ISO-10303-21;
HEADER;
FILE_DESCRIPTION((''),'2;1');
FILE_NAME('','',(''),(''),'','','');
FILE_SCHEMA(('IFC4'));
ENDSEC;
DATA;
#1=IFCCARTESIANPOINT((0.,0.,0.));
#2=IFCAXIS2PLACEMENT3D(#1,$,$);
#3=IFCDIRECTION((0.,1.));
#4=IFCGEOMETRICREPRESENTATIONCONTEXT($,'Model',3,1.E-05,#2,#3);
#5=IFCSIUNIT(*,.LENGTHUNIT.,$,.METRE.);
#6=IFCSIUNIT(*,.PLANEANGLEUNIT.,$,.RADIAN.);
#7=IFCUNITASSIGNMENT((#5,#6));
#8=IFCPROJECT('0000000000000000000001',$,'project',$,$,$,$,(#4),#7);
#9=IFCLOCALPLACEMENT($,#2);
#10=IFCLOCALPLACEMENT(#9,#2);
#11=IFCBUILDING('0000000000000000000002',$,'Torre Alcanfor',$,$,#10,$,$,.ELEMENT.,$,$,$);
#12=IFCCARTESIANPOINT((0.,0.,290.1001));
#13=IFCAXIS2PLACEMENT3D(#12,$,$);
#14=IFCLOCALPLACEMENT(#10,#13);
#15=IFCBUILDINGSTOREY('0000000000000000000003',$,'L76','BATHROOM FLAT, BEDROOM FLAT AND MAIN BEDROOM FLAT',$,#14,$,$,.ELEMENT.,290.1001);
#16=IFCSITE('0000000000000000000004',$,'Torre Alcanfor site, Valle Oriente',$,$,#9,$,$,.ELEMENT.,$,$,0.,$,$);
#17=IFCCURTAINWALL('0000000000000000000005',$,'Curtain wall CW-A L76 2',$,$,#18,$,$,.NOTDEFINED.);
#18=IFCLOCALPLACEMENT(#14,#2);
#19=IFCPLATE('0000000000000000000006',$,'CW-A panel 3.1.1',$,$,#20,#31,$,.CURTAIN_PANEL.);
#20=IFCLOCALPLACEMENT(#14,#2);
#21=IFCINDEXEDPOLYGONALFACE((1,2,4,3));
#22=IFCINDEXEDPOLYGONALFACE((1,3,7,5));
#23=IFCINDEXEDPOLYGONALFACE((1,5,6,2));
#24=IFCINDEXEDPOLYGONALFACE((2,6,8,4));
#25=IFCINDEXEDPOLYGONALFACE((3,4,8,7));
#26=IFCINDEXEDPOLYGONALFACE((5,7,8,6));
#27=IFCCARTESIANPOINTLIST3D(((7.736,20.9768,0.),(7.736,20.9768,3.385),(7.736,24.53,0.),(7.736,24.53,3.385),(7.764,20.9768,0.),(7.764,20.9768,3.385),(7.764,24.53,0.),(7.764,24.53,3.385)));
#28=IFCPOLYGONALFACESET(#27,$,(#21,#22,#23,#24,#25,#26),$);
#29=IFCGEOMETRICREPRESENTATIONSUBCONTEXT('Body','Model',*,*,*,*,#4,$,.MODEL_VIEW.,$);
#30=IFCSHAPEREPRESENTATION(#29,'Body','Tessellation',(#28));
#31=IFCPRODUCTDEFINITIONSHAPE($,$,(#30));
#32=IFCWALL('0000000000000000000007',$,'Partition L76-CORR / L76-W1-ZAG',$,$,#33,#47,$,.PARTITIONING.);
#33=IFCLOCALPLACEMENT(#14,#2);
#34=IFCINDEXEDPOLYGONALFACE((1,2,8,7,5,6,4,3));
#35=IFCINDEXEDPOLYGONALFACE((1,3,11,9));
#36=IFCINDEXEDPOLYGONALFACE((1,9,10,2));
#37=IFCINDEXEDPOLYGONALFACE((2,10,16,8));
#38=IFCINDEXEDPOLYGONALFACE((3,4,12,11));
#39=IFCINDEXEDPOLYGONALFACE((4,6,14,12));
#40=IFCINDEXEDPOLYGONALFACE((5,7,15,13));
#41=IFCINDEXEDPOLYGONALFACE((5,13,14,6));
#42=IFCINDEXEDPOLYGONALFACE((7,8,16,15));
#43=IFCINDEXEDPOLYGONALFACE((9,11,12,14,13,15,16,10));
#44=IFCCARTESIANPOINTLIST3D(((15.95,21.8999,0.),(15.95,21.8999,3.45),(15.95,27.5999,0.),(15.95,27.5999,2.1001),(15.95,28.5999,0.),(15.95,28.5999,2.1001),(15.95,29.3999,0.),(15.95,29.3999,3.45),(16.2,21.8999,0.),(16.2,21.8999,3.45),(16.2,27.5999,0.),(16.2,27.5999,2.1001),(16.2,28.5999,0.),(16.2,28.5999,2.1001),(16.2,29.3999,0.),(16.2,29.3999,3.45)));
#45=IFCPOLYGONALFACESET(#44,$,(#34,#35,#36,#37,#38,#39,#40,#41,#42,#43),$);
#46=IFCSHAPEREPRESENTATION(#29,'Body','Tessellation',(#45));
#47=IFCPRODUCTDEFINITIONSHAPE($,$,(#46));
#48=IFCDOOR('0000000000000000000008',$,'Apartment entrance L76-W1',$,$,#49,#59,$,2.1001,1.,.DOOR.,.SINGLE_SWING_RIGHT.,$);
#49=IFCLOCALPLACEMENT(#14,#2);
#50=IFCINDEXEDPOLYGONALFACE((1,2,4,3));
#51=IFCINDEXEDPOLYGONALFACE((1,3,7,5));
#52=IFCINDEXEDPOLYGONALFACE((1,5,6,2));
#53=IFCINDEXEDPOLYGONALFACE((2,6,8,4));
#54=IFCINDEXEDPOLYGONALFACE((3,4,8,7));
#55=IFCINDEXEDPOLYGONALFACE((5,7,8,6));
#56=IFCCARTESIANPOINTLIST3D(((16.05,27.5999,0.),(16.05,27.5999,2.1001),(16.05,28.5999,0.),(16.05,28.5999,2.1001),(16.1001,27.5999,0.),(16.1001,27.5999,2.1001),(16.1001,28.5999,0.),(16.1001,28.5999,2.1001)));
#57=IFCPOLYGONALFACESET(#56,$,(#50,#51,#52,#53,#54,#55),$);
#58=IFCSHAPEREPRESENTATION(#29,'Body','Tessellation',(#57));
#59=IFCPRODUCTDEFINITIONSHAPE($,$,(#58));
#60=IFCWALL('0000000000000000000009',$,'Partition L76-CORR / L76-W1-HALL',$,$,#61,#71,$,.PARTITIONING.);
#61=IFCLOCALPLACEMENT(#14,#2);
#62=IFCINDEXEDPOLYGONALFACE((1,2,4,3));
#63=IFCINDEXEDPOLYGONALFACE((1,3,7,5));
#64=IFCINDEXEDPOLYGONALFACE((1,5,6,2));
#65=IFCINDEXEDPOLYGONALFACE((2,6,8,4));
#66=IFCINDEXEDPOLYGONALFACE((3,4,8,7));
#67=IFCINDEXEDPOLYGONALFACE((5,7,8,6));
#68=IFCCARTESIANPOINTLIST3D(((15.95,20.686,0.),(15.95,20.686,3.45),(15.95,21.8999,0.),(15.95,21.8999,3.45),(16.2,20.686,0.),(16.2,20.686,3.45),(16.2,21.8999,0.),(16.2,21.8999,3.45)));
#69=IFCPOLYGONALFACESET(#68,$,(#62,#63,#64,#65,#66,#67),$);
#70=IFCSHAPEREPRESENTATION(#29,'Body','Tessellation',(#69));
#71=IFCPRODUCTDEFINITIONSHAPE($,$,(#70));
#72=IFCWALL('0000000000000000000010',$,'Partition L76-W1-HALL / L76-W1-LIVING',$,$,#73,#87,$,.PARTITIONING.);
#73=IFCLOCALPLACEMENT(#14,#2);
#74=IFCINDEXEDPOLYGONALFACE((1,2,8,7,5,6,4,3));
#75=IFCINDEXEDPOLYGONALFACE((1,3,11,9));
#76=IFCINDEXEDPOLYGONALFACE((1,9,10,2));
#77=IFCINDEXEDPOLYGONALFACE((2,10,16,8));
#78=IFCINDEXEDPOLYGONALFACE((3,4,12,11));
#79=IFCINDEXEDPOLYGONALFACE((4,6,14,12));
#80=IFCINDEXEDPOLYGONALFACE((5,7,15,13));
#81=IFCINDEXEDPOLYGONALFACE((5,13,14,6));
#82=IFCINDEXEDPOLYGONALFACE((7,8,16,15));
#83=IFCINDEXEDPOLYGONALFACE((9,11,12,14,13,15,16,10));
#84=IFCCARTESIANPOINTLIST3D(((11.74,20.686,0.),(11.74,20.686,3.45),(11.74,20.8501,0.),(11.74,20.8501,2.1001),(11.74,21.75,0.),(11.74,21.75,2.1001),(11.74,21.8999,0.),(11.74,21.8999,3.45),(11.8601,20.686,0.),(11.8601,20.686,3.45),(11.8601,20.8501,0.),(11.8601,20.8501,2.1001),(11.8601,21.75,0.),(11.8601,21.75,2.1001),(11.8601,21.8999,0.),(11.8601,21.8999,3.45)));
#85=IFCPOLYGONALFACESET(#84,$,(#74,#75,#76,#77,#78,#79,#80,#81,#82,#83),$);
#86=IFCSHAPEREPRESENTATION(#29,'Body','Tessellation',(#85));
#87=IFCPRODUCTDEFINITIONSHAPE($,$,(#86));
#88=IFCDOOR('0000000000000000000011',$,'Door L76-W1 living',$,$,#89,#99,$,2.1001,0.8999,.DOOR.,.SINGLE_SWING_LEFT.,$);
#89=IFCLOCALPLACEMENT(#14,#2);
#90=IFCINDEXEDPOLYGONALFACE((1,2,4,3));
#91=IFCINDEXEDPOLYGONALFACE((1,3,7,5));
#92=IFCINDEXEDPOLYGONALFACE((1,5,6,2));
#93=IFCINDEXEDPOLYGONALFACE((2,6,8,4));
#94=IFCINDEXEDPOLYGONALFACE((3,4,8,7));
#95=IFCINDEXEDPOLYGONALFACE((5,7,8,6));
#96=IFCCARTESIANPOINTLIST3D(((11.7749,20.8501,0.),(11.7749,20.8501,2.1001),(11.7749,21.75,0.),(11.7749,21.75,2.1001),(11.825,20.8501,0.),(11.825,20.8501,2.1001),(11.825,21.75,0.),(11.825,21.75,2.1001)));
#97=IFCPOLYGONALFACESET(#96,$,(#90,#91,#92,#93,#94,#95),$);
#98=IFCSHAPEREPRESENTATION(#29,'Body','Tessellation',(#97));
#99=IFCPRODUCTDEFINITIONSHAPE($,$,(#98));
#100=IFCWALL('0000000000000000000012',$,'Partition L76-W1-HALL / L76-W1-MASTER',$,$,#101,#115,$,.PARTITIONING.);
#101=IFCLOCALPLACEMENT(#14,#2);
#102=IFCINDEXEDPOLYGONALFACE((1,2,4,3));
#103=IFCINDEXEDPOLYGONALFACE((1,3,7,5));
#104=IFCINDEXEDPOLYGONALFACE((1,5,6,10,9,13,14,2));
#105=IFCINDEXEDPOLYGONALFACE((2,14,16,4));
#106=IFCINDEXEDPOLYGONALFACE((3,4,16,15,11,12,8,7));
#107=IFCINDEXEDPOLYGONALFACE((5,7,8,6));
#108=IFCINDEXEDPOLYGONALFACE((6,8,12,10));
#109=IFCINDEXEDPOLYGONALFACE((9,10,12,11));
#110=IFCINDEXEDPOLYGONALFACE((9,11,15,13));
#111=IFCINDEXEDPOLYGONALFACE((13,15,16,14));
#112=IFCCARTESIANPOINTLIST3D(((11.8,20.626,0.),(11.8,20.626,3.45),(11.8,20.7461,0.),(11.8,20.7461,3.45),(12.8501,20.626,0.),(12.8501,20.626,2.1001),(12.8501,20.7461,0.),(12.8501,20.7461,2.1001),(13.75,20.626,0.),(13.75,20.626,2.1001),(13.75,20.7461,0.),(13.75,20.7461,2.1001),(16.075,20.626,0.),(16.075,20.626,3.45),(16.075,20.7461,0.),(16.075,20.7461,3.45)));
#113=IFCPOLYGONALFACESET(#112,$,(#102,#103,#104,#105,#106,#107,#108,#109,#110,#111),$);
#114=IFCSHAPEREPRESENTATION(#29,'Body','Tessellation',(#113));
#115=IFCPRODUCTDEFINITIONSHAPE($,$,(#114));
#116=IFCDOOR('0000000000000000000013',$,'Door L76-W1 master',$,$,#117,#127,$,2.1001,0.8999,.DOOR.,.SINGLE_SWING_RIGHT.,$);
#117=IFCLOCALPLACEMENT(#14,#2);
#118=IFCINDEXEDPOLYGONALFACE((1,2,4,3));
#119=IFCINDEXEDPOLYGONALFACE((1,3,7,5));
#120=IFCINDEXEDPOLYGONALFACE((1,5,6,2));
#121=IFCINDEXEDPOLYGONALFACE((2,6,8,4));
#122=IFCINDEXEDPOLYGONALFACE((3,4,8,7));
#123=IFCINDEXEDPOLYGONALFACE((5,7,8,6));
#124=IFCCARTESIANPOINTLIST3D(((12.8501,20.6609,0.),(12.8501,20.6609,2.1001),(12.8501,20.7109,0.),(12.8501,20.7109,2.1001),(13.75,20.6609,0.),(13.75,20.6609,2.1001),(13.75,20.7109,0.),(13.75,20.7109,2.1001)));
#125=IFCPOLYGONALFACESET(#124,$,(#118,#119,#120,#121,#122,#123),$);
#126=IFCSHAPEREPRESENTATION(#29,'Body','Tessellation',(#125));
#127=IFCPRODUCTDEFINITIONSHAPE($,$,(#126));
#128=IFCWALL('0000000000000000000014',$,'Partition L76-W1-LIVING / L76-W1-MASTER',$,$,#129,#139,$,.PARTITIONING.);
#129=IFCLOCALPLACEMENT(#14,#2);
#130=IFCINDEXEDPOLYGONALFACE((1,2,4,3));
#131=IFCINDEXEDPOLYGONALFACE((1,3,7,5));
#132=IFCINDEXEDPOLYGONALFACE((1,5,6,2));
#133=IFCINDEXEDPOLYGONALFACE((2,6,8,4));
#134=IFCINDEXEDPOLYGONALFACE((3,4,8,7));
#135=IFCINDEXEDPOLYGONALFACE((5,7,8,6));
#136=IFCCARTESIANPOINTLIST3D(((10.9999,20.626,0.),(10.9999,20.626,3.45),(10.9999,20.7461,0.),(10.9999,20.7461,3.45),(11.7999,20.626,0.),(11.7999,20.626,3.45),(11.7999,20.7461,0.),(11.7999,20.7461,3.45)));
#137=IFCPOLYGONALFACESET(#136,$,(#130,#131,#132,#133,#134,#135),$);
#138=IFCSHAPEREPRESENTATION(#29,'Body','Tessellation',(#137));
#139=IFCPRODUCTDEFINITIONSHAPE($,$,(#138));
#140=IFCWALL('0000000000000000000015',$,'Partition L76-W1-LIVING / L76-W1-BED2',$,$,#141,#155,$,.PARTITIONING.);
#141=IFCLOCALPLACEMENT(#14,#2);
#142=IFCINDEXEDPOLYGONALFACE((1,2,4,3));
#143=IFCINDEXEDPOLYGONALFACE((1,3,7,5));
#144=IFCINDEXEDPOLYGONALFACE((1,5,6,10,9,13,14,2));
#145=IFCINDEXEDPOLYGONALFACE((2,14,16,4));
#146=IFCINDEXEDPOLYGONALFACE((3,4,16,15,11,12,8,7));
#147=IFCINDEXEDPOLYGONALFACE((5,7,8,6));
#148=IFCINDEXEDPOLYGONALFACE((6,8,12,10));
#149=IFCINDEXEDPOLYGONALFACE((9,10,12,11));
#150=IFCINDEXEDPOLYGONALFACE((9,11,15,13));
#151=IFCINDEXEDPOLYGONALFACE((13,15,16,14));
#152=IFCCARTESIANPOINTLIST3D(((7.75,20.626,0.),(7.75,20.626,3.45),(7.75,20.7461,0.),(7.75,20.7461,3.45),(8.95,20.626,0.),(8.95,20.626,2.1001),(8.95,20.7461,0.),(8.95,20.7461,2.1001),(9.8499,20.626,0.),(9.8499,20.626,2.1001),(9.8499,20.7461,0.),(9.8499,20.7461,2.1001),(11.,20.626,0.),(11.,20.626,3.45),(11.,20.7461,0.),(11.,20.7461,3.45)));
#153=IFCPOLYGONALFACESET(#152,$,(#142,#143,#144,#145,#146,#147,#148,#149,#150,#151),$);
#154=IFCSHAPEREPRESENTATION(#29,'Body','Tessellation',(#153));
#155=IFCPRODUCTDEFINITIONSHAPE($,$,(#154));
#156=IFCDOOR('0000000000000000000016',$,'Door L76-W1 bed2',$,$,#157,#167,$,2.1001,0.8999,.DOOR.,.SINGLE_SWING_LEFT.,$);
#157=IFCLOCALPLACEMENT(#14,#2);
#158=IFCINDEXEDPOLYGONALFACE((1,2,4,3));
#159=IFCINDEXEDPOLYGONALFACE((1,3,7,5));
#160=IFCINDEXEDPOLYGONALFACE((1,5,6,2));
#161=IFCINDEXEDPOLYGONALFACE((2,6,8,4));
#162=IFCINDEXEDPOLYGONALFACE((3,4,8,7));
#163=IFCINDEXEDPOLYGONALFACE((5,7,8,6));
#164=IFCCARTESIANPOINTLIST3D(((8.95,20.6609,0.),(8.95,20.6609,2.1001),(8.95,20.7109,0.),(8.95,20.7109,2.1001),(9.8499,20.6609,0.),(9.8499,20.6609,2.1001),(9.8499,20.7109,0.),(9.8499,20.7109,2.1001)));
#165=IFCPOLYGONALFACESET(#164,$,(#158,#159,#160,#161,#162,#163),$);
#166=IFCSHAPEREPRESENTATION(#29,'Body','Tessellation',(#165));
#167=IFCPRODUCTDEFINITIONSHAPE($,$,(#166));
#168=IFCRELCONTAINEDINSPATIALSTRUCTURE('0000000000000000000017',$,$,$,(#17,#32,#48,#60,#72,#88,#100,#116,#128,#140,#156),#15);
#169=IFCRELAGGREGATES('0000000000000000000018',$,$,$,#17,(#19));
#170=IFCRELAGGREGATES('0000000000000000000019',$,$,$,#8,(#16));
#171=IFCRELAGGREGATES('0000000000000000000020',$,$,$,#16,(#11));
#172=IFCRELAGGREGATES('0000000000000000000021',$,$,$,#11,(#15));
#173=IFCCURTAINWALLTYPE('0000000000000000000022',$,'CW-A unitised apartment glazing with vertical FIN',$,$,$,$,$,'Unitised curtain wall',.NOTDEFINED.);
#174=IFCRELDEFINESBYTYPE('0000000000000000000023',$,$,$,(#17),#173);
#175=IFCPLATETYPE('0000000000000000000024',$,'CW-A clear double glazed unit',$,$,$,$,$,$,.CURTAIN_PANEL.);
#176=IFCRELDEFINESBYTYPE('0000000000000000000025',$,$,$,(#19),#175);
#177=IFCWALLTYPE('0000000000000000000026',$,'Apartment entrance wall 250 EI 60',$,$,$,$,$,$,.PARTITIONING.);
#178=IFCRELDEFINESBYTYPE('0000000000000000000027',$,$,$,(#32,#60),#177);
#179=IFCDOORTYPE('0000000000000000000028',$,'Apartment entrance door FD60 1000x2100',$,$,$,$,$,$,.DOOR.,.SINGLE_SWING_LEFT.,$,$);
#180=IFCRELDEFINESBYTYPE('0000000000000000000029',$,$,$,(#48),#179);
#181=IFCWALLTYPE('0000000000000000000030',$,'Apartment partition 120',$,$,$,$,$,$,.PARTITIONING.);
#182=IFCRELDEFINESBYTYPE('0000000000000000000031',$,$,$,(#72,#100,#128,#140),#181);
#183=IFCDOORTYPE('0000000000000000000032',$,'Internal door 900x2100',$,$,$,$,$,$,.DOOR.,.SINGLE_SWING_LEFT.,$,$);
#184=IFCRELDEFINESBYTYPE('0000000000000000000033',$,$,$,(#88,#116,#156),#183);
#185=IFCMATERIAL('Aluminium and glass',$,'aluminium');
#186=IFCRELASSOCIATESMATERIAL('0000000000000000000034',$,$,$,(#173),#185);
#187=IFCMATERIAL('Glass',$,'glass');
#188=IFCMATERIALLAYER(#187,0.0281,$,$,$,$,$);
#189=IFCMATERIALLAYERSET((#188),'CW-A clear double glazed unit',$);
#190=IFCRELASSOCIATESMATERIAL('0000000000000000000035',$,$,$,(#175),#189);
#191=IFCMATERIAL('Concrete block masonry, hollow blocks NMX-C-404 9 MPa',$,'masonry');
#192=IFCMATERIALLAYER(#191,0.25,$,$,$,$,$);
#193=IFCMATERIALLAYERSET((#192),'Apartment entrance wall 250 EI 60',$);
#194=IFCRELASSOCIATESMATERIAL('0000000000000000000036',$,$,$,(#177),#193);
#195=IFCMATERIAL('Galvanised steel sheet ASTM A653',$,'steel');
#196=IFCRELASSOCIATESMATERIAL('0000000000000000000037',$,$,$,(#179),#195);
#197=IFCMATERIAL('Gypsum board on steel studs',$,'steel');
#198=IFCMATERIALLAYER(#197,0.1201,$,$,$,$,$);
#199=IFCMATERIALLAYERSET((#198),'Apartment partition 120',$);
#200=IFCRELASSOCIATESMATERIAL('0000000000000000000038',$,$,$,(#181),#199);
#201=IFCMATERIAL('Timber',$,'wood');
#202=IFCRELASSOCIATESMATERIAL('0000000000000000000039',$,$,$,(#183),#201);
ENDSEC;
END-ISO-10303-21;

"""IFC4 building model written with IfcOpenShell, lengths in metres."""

from ifc_helpers import new_model, si_unit, direction, frame, frame_2d, origin, origin_2d, place, context, subcontext, project, spatial, rectangle, extrude, material, layer, layer_set, type_object, element, fill, aggregate, save


model = new_model("IFC4")

# Units and contexts
model_context = context("Model", 3, precision=1e-05, world=origin(), true_north=direction((0.0, 1.0)))
body_context = subcontext(model_context, "Body", "Model", "MODEL_VIEW")
ifc_project = project(units=[si_unit("LENGTHUNIT", "METRE"), si_unit("PLANEANGLEUNIT", "RADIAN")], contexts=[model_context])

# Site, building, storey
site_placement = place(None, origin())
site = spatial("IfcSite", under=ifc_project, at=site_placement, Name="Torre Alcanfor site, Valle Oriente", CompositionType="ELEMENT", RefElevation=0.0)
building_placement = place(site_placement, origin())
building = spatial("IfcBuilding", under=site, at=building_placement, Name="Torre Alcanfor", CompositionType="ELEMENT")
storey_placement = place(building_placement, frame((0.0, 0.0, 290.1001)))
storey = spatial("IfcBuildingStorey", under=building, at=storey_placement, Name="L76", Description="BATHROOM FLAT, BEDROOM FLAT AND MAIN BEDROOM FLAT", CompositionType="ELEMENT", Elevation=290.1001)

# Curtain wall
ifc_material_1 = material(Name="Aluminium and glass", Category="aluminium")
curtain_wall_type = type_object("IfcCurtainWallType", Name="CW-A unitised apartment glazing with vertical FIN", ElementType="Unitised curtain wall", PredefinedType="NOTDEFINED", material=ifc_material_1)
curtain_wall_placement = place(storey_placement, origin())
curtain_wall = element("IfcCurtainWall", 1, at=curtain_wall_placement, inside=storey, type_object=curtain_wall_type, Name="Curtain wall CW-A L76 2", PredefinedType="NOTDEFINED")

# Plate
ifc_material_2 = material(Name="Glass", Category="glass")
ifc_layer_1 = layer(ifc_material_2, 0.0281)
ifc_layer_set_1 = layer_set([ifc_layer_1], Name="CW-A clear double glazed unit")
plate_type = type_object("IfcPlateType", Name="CW-A clear double glazed unit", PredefinedType="CURTAIN_PANEL", material=ifc_layer_set_1)
plate_placement = place(storey_placement, frame((7.75, 22.7534, 0.0), z_axis=(0.0, 0.0, 1.0), x_axis=(0.0, -1.0, 0.0)))
plate = element("IfcPlate", 2, at=plate_placement, type_object=plate_type, Name="CW-A panel 3.1.1", PredefinedType="CURTAIN_PANEL", context=body_context, shape_type="SweptSolid", body=[
    extrude(rectangle(XDim=3.5532, YDim=0.0281, at=origin_2d()), origin(), (0.0, 0.0, 1.0), 3.385),
])
aggregate(curtain_wall, [plate])

# Wall, opening, door
ifc_material_3 = material(Name="Concrete block masonry, hollow blocks NMX-C-404 9 MPa", Category="masonry")
ifc_layer_2 = layer(ifc_material_3, 0.25)
ifc_layer_set_2 = layer_set([ifc_layer_2], Name="Apartment entrance wall 250 EI 60")
wall_type_1 = type_object("IfcWallType", Name="Apartment entrance wall 250 EI 60", PredefinedType="PARTITIONING", material=ifc_layer_set_2)
wall_1_placement = place(storey_placement, frame((16.075, 21.8999, 0.0), z_axis=(0.0, 0.0, 1.0), x_axis=(0.0, 1.0, 0.0)))
wall_1 = element("IfcWall", 3, at=wall_1_placement, inside=storey, type_object=wall_type_1, Name="Partition L76-CORR / L76-W1-ZAG", PredefinedType="PARTITIONING", context=body_context, shape_type="SweptSolid", body=[
    extrude(rectangle(XDim=7.5, YDim=0.25, at=frame_2d((3.75, 0.0))), origin(), (0.0, 0.0, 1.0), 3.45),
])
opening_1_placement = place(wall_1_placement, frame((5.7, 0.0, 0.0)))
opening_1 = element("IfcOpeningElement", 4, at=opening_1_placement, cuts=wall_1, PredefinedType="OPENING", context=body_context, shape_type="SweptSolid", body=[
    extrude(rectangle(XDim=1.0, YDim=2.1001, at=frame_2d((0.5, 1.05))), frame((0.0, 0.135, 0.0), z_axis=(0.0, -1.0, 0.0), x_axis=(1.0, 0.0, 0.0)), (0.0, 0.0, 1.0), 0.27),
])
ifc_material_4 = material(Name="Galvanised steel sheet ASTM A653", Category="steel")
door_type_1 = type_object("IfcDoorType", Name="Apartment entrance door FD60 1000x2100", OperationType="SINGLE_SWING_LEFT", PredefinedType="DOOR", material=ifc_material_4)
door_1_placement = place(opening_1_placement, origin())
door_1 = element("IfcDoor", 5, at=door_1_placement, inside=storey, type_object=door_type_1, Name="Apartment entrance L76-W1", OperationType="SINGLE_SWING_RIGHT", OverallHeight=2.1001, OverallWidth=1.0, PredefinedType="DOOR", context=body_context, shape_type="SweptSolid", body=[
    extrude(rectangle(XDim=1.0, YDim=2.1001, at=frame_2d((0.5, 1.05))), frame((0.0, 0.0249, 0.0), z_axis=(0.0, -1.0, 0.0), x_axis=(1.0, 0.0, 0.0)), (0.0, 0.0, 1.0), 0.05),
])
fill(opening_1, door_1)

# Wall
wall_2_placement = place(storey_placement, frame((16.075, 20.686, 0.0), z_axis=(0.0, 0.0, 1.0), x_axis=(0.0, 1.0, 0.0)))
element("IfcWall", 6, at=wall_2_placement, inside=storey, type_object=wall_type_1, Name="Partition L76-CORR / L76-W1-HALL", PredefinedType="PARTITIONING", context=body_context, shape_type="SweptSolid", body=[
    extrude(rectangle(XDim=1.2139, YDim=0.25, at=frame_2d((0.6069, 0.0))), origin(), (0.0, 0.0, 1.0), 3.45),
])

# Walls, openings, doors
ifc_material_5 = material(Name="Gypsum board on steel studs", Category="steel")
ifc_layer_3 = layer(ifc_material_5, 0.1201)
ifc_layer_set_3 = layer_set([ifc_layer_3], Name="Apartment partition 120")
wall_type_2 = type_object("IfcWallType", Name="Apartment partition 120", PredefinedType="PARTITIONING", material=ifc_layer_set_3)
wall_3_placement = place(storey_placement, frame((11.8, 21.8999, 0.0), z_axis=(0.0, 0.0, 1.0), x_axis=(0.0, -1.0, 0.0)))
wall_3 = element("IfcWall", 7, at=wall_3_placement, inside=storey, type_object=wall_type_2, Name="Partition L76-W1-HALL / L76-W1-LIVING", PredefinedType="PARTITIONING", context=body_context, shape_type="SweptSolid", body=[
    extrude(rectangle(XDim=1.2139, YDim=0.1201, at=frame_2d((0.6069, 0.0))), origin(), (0.0, 0.0, 1.0), 3.45),
])
opening_2_placement = place(wall_3_placement, frame((0.1499, 0.0, 0.0)))
opening_2 = element("IfcOpeningElement", 8, at=opening_2_placement, cuts=wall_3, PredefinedType="OPENING", context=body_context, shape_type="SweptSolid", body=[
    extrude(rectangle(XDim=0.8999, YDim=2.1001, at=frame_2d((0.45, 1.05))), frame((0.0, 0.0701, 0.0), z_axis=(0.0, -1.0, 0.0), x_axis=(1.0, 0.0, 0.0)), (0.0, 0.0, 1.0), 0.1401),
])
ifc_material_6 = material(Name="Timber", Category="wood")
door_type_2 = type_object("IfcDoorType", Name="Internal door 900x2100", OperationType="SINGLE_SWING_LEFT", PredefinedType="DOOR", material=ifc_material_6)
door_2_placement = place(opening_2_placement, frame((0.8999, 0.0, 0.0), z_axis=(0.0, 0.0, 1.0), x_axis=(-1.0, 0.0, 0.0)))
door_2 = element("IfcDoor", 9, at=door_2_placement, inside=storey, type_object=door_type_2, Name="Door L76-W1 living", OperationType="SINGLE_SWING_LEFT", OverallHeight=2.1001, OverallWidth=0.8999, PredefinedType="DOOR", context=body_context, shape_type="SweptSolid", body=[
    extrude(rectangle(XDim=0.8999, YDim=2.1001, at=frame_2d((0.45, 1.05))), frame((0.0, 0.0251, 0.0), z_axis=(0.0, -1.0, 0.0), x_axis=(1.0, 0.0, 0.0)), (0.0, 0.0, 1.0), 0.05),
])
fill(opening_2, door_2)
wall_4_placement = place(storey_placement, frame((11.8, 20.686, 0.0), z_axis=(0.0, 0.0, 1.0), x_axis=(1.0, 0.0, 0.0)))
wall_4 = element("IfcWall", 10, at=wall_4_placement, inside=storey, type_object=wall_type_2, Name="Partition L76-W1-HALL / L76-W1-MASTER", PredefinedType="PARTITIONING", context=body_context, shape_type="SweptSolid", body=[
    extrude(rectangle(XDim=4.2749, YDim=0.1201, at=frame_2d((2.1375, 0.0))), origin(), (0.0, 0.0, 1.0), 3.45),
])
opening_3_placement = place(wall_4_placement, frame((1.05, 0.0, 0.0)))
opening_3 = element("IfcOpeningElement", 11, at=opening_3_placement, cuts=wall_4, PredefinedType="OPENING", context=body_context, shape_type="SweptSolid", body=[
    extrude(rectangle(XDim=0.8999, YDim=2.1001, at=frame_2d((0.45, 1.05))), frame((0.0, 0.0701, 0.0), z_axis=(0.0, -1.0, 0.0), x_axis=(1.0, 0.0, 0.0)), (0.0, 0.0, 1.0), 0.1401),
])
door_3_placement = place(opening_3_placement, frame((0.8999, 0.0, 0.0), z_axis=(0.0, 0.0, 1.0), x_axis=(-1.0, 0.0, 0.0)))
door_3 = element("IfcDoor", 12, at=door_3_placement, inside=storey, type_object=door_type_2, Name="Door L76-W1 master", OperationType="SINGLE_SWING_RIGHT", OverallHeight=2.1001, OverallWidth=0.8999, PredefinedType="DOOR", context=body_context, shape_type="SweptSolid", body=[
    extrude(rectangle(XDim=0.8999, YDim=2.1001, at=frame_2d((0.45, 1.05))), frame((0.0, 0.0251, 0.0), z_axis=(0.0, -1.0, 0.0), x_axis=(1.0, 0.0, 0.0)), (0.0, 0.0, 1.0), 0.05),
])
fill(opening_3, door_3)

# Wall
wall_5_placement = place(storey_placement, frame((11.0, 20.686, 0.0), z_axis=(0.0, 0.0, 1.0), x_axis=(1.0, 0.0, 0.0)))
element("IfcWall", 13, at=wall_5_placement, inside=storey, type_object=wall_type_2, Name="Partition L76-W1-LIVING / L76-W1-MASTER", PredefinedType="PARTITIONING", context=body_context, shape_type="SweptSolid", body=[
    extrude(rectangle(XDim=0.8, YDim=0.1201, at=frame_2d((0.3999, 0.0))), origin(), (0.0, 0.0, 1.0), 3.45),
])

# Wall, opening, door
wall_6_placement = place(storey_placement, frame((7.75, 20.686, 0.0), z_axis=(0.0, 0.0, 1.0), x_axis=(1.0, 0.0, 0.0)))
wall_6 = element("IfcWall", 14, at=wall_6_placement, inside=storey, type_object=wall_type_2, Name="Partition L76-W1-LIVING / L76-W1-BED2", PredefinedType="PARTITIONING", context=body_context, shape_type="SweptSolid", body=[
    extrude(rectangle(XDim=3.25, YDim=0.1201, at=frame_2d((1.625, 0.0))), origin(), (0.0, 0.0, 1.0), 3.45),
])
opening_4_placement = place(wall_6_placement, frame((1.2, 0.0, 0.0)))
opening_4 = element("IfcOpeningElement", 15, at=opening_4_placement, cuts=wall_6, PredefinedType="OPENING", context=body_context, shape_type="SweptSolid", body=[
    extrude(rectangle(XDim=0.8999, YDim=2.1001, at=frame_2d((0.45, 1.05))), frame((0.0, 0.0701, 0.0), z_axis=(0.0, -1.0, 0.0), x_axis=(1.0, 0.0, 0.0)), (0.0, 0.0, 1.0), 0.1401),
])
door_4_placement = place(opening_4_placement, frame((0.8999, 0.0, 0.0), z_axis=(0.0, 0.0, 1.0), x_axis=(-1.0, 0.0, 0.0)))
door_4 = element("IfcDoor", 16, at=door_4_placement, inside=storey, type_object=door_type_2, Name="Door L76-W1 bed2", OperationType="SINGLE_SWING_LEFT", OverallHeight=2.1001, OverallWidth=0.8999, PredefinedType="DOOR", context=body_context, shape_type="SweptSolid", body=[
    extrude(rectangle(XDim=0.8999, YDim=2.1001, at=frame_2d((0.45, 1.05))), frame((0.0, 0.0251, 0.0), z_axis=(0.0, -1.0, 0.0), x_axis=(1.0, 0.0, 0.0)), (0.0, 0.0, 1.0), 0.05),
])
fill(opening_4, door_4)

save(model, "model.ifc")
